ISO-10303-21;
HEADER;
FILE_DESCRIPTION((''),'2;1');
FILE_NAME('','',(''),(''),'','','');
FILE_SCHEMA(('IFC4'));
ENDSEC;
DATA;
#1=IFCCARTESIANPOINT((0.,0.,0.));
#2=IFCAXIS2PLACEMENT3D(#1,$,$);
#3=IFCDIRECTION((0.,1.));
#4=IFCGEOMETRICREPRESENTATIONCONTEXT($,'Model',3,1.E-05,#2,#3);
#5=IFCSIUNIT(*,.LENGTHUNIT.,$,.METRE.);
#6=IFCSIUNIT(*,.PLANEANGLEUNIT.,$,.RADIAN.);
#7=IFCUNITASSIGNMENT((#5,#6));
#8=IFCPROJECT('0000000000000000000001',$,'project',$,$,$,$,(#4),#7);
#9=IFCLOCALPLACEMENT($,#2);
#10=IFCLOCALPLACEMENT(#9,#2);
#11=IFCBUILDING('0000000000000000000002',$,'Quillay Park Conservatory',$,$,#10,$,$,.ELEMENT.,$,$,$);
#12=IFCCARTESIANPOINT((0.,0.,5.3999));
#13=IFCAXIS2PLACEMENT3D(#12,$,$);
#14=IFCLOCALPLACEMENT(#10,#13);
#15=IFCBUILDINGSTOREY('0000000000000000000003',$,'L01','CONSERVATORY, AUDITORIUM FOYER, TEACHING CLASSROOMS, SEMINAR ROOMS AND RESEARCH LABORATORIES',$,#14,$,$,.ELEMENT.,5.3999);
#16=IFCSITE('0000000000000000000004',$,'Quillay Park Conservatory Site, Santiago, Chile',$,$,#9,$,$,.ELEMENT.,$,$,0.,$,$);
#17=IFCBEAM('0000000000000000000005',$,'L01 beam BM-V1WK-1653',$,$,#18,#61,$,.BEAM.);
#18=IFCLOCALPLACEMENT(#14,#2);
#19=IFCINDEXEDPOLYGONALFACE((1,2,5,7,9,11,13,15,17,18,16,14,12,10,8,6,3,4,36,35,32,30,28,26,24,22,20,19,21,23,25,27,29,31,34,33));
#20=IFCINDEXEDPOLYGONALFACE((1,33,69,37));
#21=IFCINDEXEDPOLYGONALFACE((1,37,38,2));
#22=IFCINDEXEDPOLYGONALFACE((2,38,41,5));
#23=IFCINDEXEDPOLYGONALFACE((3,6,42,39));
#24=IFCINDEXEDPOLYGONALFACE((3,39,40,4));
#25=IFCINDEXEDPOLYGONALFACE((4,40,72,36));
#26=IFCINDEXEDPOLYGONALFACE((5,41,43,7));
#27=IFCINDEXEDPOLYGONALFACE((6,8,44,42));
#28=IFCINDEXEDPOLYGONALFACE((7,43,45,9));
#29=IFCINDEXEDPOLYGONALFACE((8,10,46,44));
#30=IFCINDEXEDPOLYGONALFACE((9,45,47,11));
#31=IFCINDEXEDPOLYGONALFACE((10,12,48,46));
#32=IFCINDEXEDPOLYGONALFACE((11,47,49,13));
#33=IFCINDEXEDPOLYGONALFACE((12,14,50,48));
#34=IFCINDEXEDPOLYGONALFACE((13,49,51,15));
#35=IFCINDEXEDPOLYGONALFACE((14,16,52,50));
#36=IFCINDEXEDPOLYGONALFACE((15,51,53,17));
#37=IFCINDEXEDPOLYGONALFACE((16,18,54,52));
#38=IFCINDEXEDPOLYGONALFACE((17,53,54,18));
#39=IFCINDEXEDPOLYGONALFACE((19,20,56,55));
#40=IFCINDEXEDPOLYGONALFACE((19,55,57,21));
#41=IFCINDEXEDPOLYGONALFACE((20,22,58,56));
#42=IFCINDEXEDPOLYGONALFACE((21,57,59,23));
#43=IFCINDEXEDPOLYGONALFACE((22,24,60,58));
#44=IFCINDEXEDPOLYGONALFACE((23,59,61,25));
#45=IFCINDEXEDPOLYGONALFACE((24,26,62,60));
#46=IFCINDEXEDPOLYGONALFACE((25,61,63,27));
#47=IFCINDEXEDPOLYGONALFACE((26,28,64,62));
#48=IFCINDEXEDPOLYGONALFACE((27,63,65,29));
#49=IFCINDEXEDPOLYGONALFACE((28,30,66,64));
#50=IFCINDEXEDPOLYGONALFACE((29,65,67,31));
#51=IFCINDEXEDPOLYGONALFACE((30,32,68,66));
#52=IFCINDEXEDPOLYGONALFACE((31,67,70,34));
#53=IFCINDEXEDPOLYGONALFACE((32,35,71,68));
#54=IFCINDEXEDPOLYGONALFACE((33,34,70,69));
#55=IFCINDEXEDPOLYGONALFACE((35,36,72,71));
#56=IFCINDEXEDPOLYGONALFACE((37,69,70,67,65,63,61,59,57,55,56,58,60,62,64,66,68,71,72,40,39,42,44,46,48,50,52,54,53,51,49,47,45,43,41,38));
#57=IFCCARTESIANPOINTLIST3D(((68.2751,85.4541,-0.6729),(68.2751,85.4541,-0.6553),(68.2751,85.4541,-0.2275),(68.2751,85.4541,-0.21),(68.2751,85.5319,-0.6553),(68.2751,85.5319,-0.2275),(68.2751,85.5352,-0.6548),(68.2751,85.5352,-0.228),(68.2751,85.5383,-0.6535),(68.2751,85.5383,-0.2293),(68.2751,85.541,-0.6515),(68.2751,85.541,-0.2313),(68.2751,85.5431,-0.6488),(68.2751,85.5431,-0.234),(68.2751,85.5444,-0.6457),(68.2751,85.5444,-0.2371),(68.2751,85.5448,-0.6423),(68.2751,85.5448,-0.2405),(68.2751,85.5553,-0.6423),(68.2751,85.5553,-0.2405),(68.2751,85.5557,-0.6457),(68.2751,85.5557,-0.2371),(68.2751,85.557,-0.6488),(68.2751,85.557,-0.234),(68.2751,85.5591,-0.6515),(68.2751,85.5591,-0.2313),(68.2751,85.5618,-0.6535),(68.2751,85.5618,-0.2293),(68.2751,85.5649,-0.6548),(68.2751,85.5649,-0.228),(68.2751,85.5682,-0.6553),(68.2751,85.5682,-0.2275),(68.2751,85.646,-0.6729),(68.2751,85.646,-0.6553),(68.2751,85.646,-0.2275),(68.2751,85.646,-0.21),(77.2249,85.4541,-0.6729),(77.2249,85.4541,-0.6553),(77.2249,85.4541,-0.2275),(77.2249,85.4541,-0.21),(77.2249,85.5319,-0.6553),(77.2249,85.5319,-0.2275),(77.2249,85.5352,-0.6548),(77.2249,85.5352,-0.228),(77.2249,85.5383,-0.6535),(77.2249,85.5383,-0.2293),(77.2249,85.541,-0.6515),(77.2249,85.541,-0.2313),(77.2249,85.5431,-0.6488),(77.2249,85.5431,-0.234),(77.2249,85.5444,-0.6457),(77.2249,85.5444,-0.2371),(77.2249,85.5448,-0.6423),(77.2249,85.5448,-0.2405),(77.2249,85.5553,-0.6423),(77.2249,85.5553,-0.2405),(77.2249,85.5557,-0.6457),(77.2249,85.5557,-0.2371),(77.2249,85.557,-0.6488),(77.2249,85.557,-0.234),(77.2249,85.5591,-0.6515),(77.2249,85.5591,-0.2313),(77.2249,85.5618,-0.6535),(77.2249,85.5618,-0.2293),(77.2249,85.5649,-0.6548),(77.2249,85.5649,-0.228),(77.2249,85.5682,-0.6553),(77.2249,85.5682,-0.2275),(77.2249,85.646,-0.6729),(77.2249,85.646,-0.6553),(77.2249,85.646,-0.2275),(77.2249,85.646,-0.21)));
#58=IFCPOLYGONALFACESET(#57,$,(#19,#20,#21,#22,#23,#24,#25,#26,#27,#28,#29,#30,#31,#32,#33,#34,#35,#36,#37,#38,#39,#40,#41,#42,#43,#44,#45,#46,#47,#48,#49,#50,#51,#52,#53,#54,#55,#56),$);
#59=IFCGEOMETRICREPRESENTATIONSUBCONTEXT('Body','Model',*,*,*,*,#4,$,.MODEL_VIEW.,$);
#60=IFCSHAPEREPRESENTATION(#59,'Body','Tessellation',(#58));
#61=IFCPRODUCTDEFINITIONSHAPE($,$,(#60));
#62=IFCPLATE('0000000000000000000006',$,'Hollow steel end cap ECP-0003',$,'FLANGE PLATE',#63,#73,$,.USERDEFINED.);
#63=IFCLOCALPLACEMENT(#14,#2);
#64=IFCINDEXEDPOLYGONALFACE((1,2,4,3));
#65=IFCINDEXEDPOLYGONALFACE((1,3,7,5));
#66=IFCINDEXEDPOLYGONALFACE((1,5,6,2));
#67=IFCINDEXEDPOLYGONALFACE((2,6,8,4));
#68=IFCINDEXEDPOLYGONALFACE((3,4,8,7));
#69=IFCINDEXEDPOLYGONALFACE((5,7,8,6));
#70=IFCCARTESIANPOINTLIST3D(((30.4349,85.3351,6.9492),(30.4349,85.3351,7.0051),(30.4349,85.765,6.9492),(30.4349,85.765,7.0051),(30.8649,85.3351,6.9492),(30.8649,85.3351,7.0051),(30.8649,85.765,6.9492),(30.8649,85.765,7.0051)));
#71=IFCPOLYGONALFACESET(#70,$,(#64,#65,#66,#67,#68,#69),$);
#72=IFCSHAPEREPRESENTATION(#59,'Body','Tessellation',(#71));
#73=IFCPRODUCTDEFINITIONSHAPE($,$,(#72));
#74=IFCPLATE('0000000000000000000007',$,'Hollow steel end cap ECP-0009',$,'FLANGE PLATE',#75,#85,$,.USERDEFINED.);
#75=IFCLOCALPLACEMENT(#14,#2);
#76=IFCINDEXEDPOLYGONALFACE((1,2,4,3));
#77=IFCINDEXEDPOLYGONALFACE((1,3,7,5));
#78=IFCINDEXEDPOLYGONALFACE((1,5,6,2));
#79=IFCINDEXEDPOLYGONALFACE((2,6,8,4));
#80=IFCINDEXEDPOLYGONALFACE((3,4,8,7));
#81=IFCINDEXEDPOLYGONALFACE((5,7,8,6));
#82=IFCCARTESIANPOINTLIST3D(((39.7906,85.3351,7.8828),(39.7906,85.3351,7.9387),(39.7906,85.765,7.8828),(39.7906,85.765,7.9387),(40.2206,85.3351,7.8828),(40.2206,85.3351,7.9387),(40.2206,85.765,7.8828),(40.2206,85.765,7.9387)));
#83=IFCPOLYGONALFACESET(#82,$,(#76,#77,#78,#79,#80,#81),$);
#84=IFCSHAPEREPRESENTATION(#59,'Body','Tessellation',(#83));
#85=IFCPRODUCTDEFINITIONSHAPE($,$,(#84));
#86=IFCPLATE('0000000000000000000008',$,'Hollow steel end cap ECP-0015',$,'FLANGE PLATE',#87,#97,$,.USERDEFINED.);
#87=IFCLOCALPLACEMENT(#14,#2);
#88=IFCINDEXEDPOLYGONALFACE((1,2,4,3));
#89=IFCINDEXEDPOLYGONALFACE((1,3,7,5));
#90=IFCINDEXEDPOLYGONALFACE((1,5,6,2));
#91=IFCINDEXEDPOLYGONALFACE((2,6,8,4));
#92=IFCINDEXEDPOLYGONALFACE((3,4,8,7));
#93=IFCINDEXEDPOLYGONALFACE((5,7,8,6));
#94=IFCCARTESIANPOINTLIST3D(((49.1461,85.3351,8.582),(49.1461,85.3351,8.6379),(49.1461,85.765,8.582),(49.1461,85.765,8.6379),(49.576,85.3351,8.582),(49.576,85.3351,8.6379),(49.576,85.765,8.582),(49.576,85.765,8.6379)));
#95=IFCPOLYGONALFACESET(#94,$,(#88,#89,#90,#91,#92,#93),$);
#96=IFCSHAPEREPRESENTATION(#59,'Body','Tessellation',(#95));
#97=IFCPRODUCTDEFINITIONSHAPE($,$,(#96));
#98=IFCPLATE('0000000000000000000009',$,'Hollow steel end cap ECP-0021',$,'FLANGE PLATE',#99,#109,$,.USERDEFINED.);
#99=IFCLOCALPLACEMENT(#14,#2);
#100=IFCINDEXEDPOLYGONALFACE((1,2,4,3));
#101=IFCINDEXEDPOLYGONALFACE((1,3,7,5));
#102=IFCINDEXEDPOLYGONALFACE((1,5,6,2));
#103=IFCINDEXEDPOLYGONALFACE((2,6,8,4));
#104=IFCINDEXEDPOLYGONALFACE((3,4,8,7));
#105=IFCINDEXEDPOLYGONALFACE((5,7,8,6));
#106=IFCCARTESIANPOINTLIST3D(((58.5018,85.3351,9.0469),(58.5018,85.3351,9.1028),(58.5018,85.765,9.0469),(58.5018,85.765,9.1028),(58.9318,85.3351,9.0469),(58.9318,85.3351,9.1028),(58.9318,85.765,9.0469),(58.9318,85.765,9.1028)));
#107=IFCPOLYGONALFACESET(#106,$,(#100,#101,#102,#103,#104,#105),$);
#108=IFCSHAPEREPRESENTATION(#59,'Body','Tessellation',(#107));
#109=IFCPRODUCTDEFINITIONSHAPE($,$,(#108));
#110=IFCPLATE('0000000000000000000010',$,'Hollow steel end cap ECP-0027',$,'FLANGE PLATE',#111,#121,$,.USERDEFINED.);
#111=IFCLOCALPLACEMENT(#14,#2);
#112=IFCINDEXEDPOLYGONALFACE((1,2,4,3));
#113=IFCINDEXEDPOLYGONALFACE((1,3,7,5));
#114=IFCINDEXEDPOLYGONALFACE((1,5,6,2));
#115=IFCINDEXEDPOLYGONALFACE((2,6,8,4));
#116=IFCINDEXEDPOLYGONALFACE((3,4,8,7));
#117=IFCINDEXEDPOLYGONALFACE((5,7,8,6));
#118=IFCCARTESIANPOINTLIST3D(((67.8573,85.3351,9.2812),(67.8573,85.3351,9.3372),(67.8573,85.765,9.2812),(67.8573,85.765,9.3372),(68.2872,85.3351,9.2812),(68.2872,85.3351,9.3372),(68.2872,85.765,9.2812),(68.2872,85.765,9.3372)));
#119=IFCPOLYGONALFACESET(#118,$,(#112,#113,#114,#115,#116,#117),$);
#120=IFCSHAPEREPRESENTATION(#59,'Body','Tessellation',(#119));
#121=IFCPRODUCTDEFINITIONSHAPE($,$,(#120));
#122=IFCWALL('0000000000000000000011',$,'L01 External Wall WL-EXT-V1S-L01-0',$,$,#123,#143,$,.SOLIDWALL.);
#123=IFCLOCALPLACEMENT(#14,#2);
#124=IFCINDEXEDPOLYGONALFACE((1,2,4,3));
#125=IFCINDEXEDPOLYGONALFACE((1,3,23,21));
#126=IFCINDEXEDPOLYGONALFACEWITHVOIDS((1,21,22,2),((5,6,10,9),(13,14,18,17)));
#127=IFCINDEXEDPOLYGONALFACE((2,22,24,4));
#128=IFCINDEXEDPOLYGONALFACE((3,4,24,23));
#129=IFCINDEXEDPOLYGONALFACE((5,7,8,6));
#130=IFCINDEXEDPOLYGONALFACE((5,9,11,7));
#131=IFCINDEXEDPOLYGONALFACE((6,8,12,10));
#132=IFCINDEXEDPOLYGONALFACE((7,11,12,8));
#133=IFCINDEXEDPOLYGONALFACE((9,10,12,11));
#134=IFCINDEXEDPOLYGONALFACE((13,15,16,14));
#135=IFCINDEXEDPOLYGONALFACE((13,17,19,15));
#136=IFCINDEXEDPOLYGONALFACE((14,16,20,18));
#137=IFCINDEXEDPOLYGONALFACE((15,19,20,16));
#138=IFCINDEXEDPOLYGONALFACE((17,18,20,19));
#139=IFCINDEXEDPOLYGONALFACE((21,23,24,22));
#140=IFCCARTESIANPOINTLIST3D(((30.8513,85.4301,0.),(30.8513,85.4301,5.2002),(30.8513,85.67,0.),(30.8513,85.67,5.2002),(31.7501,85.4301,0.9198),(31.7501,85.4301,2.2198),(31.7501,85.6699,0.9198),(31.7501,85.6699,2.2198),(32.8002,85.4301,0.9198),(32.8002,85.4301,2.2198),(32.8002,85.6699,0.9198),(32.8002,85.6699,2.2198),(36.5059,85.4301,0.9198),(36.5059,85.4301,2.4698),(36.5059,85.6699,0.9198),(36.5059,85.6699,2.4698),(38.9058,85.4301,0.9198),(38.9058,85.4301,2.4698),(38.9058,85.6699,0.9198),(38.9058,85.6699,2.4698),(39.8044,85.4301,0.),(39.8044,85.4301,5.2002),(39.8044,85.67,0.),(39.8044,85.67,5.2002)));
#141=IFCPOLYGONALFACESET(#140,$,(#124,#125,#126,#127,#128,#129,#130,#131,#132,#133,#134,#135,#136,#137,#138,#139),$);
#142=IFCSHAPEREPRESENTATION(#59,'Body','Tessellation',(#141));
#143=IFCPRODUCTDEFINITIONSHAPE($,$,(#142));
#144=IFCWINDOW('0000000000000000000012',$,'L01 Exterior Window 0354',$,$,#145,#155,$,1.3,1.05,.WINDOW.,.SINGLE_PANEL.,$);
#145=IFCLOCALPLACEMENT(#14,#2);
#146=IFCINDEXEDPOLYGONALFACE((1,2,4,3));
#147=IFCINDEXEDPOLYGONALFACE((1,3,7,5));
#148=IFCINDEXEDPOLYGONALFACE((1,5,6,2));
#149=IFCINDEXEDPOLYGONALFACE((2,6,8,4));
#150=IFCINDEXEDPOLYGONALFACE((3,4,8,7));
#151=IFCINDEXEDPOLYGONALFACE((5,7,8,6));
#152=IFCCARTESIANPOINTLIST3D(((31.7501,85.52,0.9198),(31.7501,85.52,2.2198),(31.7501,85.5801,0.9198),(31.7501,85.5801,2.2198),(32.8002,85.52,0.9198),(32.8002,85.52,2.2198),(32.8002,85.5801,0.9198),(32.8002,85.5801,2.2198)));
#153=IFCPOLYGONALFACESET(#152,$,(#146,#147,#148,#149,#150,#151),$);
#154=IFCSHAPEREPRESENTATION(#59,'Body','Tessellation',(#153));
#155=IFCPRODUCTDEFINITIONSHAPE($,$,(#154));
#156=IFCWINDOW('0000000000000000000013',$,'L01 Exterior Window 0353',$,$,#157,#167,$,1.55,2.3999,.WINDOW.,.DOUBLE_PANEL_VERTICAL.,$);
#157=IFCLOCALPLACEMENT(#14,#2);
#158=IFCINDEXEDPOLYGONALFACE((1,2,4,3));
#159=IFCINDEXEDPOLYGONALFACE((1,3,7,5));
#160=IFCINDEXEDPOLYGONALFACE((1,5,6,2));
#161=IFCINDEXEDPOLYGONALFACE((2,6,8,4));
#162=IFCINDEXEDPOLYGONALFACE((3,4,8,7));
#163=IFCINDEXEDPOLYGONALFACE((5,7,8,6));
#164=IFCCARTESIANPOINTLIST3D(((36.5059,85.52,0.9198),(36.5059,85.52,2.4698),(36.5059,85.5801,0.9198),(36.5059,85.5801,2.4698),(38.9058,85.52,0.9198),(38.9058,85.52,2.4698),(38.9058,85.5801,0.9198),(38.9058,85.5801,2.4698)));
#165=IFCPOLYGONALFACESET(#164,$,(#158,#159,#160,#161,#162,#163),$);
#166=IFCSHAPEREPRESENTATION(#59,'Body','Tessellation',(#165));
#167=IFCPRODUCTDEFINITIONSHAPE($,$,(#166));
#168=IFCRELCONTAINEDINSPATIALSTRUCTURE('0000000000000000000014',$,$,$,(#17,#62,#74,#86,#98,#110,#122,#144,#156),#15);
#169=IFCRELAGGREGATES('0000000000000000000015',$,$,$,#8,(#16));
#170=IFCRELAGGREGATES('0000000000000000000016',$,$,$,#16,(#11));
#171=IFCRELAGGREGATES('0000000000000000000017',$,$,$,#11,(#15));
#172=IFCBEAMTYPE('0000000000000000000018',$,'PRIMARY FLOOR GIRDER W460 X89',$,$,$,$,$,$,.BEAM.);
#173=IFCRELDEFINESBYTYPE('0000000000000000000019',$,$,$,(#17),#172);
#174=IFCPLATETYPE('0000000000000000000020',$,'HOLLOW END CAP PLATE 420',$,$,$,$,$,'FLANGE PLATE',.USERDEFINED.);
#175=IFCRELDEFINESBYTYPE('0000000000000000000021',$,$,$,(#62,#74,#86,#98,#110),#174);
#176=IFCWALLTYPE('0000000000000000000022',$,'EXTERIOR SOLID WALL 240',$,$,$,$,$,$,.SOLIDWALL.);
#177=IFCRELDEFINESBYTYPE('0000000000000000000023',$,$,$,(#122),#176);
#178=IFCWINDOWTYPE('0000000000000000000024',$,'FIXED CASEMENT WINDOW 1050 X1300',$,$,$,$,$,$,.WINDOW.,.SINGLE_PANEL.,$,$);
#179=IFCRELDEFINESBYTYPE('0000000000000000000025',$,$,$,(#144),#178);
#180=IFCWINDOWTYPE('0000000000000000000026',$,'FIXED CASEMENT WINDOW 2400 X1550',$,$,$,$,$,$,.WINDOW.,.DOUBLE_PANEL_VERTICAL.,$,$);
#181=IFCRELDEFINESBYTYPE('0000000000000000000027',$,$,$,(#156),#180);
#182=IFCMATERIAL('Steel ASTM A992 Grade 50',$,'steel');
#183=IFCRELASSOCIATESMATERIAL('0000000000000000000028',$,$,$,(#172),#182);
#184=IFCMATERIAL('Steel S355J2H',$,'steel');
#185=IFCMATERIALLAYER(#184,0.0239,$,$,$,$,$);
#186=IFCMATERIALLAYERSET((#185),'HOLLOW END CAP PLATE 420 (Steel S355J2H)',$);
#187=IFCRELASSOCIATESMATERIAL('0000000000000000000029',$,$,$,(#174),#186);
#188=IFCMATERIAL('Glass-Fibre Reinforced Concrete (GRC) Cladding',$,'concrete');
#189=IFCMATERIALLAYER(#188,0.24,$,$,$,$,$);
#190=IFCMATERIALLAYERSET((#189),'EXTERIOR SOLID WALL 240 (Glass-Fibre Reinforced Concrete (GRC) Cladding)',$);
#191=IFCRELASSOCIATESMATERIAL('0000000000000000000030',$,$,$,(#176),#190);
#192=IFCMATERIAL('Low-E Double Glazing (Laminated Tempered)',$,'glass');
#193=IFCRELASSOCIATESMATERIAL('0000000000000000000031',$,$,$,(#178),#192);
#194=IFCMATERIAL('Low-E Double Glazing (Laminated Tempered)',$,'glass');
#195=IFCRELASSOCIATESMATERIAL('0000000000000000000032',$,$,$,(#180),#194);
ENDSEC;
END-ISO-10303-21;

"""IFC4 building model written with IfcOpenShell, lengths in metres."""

from ifc_helpers import new_model, si_unit, direction, frame, frame_2d, origin, origin_2d, place, context, subcontext, project, spatial, rectangle, i_section, extrude, material, layer, layer_set, material_profile, profile_set, type_object, element, fill, save


model = new_model("IFC4")

# Units and contexts
model_context = context("Model", 3, precision=1e-05, world=origin(), true_north=direction((0.0, 1.0)))
body_context = subcontext(model_context, "Body", "Model", "MODEL_VIEW")
ifc_project = project(units=[si_unit("LENGTHUNIT", "METRE"), si_unit("PLANEANGLEUNIT", "RADIAN")], contexts=[model_context])

# Site, building, storey
site_placement = place(None, origin())
site = spatial("IfcSite", under=ifc_project, at=site_placement, Name="Quillay Park Conservatory Site, Santiago, Chile", CompositionType="ELEMENT", RefElevation=0.0)
building_placement = place(site_placement, origin())
building = spatial("IfcBuilding", under=site, at=building_placement, Name="Quillay Park Conservatory", CompositionType="ELEMENT")
storey_placement = place(building_placement, frame((0.0, 0.0, 5.3999)))
storey = spatial("IfcBuildingStorey", under=building, at=storey_placement, Name="L01", Description="CONSERVATORY, AUDITORIUM FOYER, TEACHING CLASSROOMS, SEMINAR ROOMS AND RESEARCH LABORATORIES", CompositionType="ELEMENT", Elevation=5.3999)

# Beam
ifc_material_1 = material(Name="Steel ASTM A992 Grade 50", Category="steel")
ifc_material_profile_1 = material_profile(ifc_material_1, i_section(OverallWidth=0.1919, OverallDepth=0.4629, WebThickness=0.0105, FlangeThickness=0.0176, FilletRadius=0.0129, at=origin_2d()), Name="W460x89")
ifc_profile_set_1 = profile_set([ifc_material_profile_1], Name="Steel ASTM A992 Grade 50")
beam_type_1 = type_object("IfcBeamType", Name="PRIMARY FLOOR GIRDER W460 X89", PredefinedType="BEAM", material=ifc_profile_set_1)
beam_1_placement = place(storey_placement, frame((68.2751, 85.55, -0.4414), z_axis=(1.0, 0.0, 0.0), x_axis=(0.0, 1.0, 0.0)))
element("IfcBeam", 1, at=beam_1_placement, inside=storey, type_object=beam_type_1, Name="L01 beam BM-V1WK-1653", PredefinedType="BEAM", context=body_context, shape_type="SweptSolid", body=[
    extrude(i_section(OverallWidth=0.1919, OverallDepth=0.4629, WebThickness=0.0105, FlangeThickness=0.0176, FilletRadius=0.0129, at=origin_2d()), origin(), (0.0, 0.0, 1.0), 8.9497),
])

# Plates
ifc_material_2 = material(Name="Steel S355J2H", Category="steel")
ifc_layer_1 = layer(ifc_material_2, 0.0239)
ifc_layer_set_1 = layer_set([ifc_layer_1], Name="HOLLOW END CAP PLATE 420 (Steel S355J2H)")
plate_type = type_object("IfcPlateType", Name="HOLLOW END CAP PLATE 420", ElementType="FLANGE PLATE", PredefinedType="USERDEFINED", material=ifc_layer_set_1)
for number, where, z_axis, x_axis, name in (
    (2, (30.6499, 85.55, 6.9492), (0.0, 0.0, 1.0), (1.0, 0.0, 0.0), "Hollow steel end cap ECP-0003"),
    (3, (40.0056, 85.55, 7.8828), (0.0, 0.0, 1.0), (1.0, 0.0, 0.0), "Hollow steel end cap ECP-0009"),
    (4, (49.3611, 85.55, 8.582), (0.0, 0.0, 1.0), (1.0, 0.0, 0.0), "Hollow steel end cap ECP-0015"),
    (5, (58.7168, 85.55, 9.0469), (0.0, 0.0, 1.0), (1.0, 0.0, 0.0), "Hollow steel end cap ECP-0021"),
    (6, (68.0723, 85.55, 9.2812), (0.0, 0.0, 1.0), (1.0, 0.0, 0.0), "Hollow steel end cap ECP-0027"),
):
    element("IfcPlate", number, at=place(storey_placement, frame(where, z_axis=z_axis, x_axis=x_axis)), inside=storey, type_object=plate_type, Name=name, ObjectType="FLANGE PLATE", PredefinedType="USERDEFINED", context=body_context, shape_type="SweptSolid", body=[
        extrude(rectangle(XDim=0.4299, YDim=0.4299, at=origin_2d()), origin(), (0.0, 0.0, 1.0), 0.0559),
    ])

# Wall, openings, windows
ifc_material_3 = material(Name="Glass-Fibre Reinforced Concrete (GRC) Cladding", Category="concrete")
ifc_layer_2 = layer(ifc_material_3, 0.24)
ifc_layer_set_2 = layer_set([ifc_layer_2], Name="EXTERIOR SOLID WALL 240 (Glass-Fibre Reinforced Concrete (GRC) Cladding)")
wall_type = type_object("IfcWallType", Name="EXTERIOR SOLID WALL 240", PredefinedType="SOLIDWALL", material=ifc_layer_set_2)
wall_1_placement = place(storey_placement, frame((39.8044, 85.55, 0.0), z_axis=(0.0, 0.0, 1.0), x_axis=(-1.0, 0.0, 0.0)))
wall_1 = element("IfcWall", 7, at=wall_1_placement, inside=storey, type_object=wall_type, Name="L01 External Wall WL-EXT-V1S-L01-0", PredefinedType="SOLIDWALL", context=body_context, shape_type="SweptSolid", body=[
    extrude(rectangle(XDim=8.9531, YDim=0.24, at=frame_2d((4.4766, 0.0))), origin(), (0.0, 0.0, 1.0), 5.2002),
])
opening_1_placement = place(wall_1_placement, frame((0.8987, 0.0, 0.9199)))
opening_1 = element("IfcOpeningElement", 8, at=opening_1_placement, cuts=wall_1, PredefinedType="OPENING", context=body_context, shape_type="SweptSolid", body=[
    extrude(rectangle(XDim=2.3999, YDim=1.55, at=frame_2d((1.2, 0.7749))), frame((0.0, 0.1201, 0.0), z_axis=(0.0, -1.0, 0.0), x_axis=(1.0, 0.0, 0.0)), (0.0, 0.0, 1.0), 0.24),
])
opening_2_placement = place(wall_1_placement, frame((7.0044, 0.0, 0.9199)))
opening_2 = element("IfcOpeningElement", 9, at=opening_2_placement, cuts=wall_1, PredefinedType="OPENING", context=body_context, shape_type="SweptSolid", body=[
    extrude(rectangle(XDim=1.05, YDim=1.3, at=frame_2d((0.5249, 0.6499))), frame((0.0, 0.1201, 0.0), z_axis=(0.0, -1.0, 0.0), x_axis=(1.0, 0.0, 0.0)), (0.0, 0.0, 1.0), 0.24),
])
ifc_material_4 = material(Name="Low-E Double Glazing (Laminated Tempered)", Category="glass")
window_type_1 = type_object("IfcWindowType", Name="FIXED CASEMENT WINDOW 1050 X1300", PartitioningType="SINGLE_PANEL", PredefinedType="WINDOW", material=ifc_material_4)
window_1_placement = place(opening_2_placement, origin())
window_1 = element("IfcWindow", 10, at=window_1_placement, inside=storey, type_object=window_type_1, Name="L01 Exterior Window 0354", OverallHeight=1.3, OverallWidth=1.05, PartitioningType="SINGLE_PANEL", PredefinedType="WINDOW", context=body_context, shape_type="SweptSolid", body=[
    extrude(rectangle(XDim=1.05, YDim=1.3, at=frame_2d((0.5249, 0.6499))), frame((0.0, 0.03, 0.0), z_axis=(0.0, -1.0, 0.0), x_axis=(1.0, 0.0, 0.0)), (0.0, 0.0, 1.0), 0.0601),
])
fill(opening_2, window_1)
ifc_material_5 = material(Name="Low-E Double Glazing (Laminated Tempered)", Category="glass")
window_type_2 = type_object("IfcWindowType", Name="FIXED CASEMENT WINDOW 2400 X1550", PartitioningType="DOUBLE_PANEL_VERTICAL", PredefinedType="WINDOW", material=ifc_material_5)
window_2_placement = place(opening_1_placement, origin())
window_2 = element("IfcWindow", 11, at=window_2_placement, inside=storey, type_object=window_type_2, Name="L01 Exterior Window 0353", OverallHeight=1.55, OverallWidth=2.3999, PartitioningType="DOUBLE_PANEL_VERTICAL", PredefinedType="WINDOW", context=body_context, shape_type="SweptSolid", body=[
    extrude(rectangle(XDim=2.3999, YDim=1.55, at=frame_2d((1.2, 0.7749))), frame((0.0, 0.03, 0.0), z_axis=(0.0, -1.0, 0.0), x_axis=(1.0, 0.0, 0.0)), (0.0, 0.0, 1.0), 0.0601),
])
fill(opening_1, window_2)

save(model, "model.ifc")
